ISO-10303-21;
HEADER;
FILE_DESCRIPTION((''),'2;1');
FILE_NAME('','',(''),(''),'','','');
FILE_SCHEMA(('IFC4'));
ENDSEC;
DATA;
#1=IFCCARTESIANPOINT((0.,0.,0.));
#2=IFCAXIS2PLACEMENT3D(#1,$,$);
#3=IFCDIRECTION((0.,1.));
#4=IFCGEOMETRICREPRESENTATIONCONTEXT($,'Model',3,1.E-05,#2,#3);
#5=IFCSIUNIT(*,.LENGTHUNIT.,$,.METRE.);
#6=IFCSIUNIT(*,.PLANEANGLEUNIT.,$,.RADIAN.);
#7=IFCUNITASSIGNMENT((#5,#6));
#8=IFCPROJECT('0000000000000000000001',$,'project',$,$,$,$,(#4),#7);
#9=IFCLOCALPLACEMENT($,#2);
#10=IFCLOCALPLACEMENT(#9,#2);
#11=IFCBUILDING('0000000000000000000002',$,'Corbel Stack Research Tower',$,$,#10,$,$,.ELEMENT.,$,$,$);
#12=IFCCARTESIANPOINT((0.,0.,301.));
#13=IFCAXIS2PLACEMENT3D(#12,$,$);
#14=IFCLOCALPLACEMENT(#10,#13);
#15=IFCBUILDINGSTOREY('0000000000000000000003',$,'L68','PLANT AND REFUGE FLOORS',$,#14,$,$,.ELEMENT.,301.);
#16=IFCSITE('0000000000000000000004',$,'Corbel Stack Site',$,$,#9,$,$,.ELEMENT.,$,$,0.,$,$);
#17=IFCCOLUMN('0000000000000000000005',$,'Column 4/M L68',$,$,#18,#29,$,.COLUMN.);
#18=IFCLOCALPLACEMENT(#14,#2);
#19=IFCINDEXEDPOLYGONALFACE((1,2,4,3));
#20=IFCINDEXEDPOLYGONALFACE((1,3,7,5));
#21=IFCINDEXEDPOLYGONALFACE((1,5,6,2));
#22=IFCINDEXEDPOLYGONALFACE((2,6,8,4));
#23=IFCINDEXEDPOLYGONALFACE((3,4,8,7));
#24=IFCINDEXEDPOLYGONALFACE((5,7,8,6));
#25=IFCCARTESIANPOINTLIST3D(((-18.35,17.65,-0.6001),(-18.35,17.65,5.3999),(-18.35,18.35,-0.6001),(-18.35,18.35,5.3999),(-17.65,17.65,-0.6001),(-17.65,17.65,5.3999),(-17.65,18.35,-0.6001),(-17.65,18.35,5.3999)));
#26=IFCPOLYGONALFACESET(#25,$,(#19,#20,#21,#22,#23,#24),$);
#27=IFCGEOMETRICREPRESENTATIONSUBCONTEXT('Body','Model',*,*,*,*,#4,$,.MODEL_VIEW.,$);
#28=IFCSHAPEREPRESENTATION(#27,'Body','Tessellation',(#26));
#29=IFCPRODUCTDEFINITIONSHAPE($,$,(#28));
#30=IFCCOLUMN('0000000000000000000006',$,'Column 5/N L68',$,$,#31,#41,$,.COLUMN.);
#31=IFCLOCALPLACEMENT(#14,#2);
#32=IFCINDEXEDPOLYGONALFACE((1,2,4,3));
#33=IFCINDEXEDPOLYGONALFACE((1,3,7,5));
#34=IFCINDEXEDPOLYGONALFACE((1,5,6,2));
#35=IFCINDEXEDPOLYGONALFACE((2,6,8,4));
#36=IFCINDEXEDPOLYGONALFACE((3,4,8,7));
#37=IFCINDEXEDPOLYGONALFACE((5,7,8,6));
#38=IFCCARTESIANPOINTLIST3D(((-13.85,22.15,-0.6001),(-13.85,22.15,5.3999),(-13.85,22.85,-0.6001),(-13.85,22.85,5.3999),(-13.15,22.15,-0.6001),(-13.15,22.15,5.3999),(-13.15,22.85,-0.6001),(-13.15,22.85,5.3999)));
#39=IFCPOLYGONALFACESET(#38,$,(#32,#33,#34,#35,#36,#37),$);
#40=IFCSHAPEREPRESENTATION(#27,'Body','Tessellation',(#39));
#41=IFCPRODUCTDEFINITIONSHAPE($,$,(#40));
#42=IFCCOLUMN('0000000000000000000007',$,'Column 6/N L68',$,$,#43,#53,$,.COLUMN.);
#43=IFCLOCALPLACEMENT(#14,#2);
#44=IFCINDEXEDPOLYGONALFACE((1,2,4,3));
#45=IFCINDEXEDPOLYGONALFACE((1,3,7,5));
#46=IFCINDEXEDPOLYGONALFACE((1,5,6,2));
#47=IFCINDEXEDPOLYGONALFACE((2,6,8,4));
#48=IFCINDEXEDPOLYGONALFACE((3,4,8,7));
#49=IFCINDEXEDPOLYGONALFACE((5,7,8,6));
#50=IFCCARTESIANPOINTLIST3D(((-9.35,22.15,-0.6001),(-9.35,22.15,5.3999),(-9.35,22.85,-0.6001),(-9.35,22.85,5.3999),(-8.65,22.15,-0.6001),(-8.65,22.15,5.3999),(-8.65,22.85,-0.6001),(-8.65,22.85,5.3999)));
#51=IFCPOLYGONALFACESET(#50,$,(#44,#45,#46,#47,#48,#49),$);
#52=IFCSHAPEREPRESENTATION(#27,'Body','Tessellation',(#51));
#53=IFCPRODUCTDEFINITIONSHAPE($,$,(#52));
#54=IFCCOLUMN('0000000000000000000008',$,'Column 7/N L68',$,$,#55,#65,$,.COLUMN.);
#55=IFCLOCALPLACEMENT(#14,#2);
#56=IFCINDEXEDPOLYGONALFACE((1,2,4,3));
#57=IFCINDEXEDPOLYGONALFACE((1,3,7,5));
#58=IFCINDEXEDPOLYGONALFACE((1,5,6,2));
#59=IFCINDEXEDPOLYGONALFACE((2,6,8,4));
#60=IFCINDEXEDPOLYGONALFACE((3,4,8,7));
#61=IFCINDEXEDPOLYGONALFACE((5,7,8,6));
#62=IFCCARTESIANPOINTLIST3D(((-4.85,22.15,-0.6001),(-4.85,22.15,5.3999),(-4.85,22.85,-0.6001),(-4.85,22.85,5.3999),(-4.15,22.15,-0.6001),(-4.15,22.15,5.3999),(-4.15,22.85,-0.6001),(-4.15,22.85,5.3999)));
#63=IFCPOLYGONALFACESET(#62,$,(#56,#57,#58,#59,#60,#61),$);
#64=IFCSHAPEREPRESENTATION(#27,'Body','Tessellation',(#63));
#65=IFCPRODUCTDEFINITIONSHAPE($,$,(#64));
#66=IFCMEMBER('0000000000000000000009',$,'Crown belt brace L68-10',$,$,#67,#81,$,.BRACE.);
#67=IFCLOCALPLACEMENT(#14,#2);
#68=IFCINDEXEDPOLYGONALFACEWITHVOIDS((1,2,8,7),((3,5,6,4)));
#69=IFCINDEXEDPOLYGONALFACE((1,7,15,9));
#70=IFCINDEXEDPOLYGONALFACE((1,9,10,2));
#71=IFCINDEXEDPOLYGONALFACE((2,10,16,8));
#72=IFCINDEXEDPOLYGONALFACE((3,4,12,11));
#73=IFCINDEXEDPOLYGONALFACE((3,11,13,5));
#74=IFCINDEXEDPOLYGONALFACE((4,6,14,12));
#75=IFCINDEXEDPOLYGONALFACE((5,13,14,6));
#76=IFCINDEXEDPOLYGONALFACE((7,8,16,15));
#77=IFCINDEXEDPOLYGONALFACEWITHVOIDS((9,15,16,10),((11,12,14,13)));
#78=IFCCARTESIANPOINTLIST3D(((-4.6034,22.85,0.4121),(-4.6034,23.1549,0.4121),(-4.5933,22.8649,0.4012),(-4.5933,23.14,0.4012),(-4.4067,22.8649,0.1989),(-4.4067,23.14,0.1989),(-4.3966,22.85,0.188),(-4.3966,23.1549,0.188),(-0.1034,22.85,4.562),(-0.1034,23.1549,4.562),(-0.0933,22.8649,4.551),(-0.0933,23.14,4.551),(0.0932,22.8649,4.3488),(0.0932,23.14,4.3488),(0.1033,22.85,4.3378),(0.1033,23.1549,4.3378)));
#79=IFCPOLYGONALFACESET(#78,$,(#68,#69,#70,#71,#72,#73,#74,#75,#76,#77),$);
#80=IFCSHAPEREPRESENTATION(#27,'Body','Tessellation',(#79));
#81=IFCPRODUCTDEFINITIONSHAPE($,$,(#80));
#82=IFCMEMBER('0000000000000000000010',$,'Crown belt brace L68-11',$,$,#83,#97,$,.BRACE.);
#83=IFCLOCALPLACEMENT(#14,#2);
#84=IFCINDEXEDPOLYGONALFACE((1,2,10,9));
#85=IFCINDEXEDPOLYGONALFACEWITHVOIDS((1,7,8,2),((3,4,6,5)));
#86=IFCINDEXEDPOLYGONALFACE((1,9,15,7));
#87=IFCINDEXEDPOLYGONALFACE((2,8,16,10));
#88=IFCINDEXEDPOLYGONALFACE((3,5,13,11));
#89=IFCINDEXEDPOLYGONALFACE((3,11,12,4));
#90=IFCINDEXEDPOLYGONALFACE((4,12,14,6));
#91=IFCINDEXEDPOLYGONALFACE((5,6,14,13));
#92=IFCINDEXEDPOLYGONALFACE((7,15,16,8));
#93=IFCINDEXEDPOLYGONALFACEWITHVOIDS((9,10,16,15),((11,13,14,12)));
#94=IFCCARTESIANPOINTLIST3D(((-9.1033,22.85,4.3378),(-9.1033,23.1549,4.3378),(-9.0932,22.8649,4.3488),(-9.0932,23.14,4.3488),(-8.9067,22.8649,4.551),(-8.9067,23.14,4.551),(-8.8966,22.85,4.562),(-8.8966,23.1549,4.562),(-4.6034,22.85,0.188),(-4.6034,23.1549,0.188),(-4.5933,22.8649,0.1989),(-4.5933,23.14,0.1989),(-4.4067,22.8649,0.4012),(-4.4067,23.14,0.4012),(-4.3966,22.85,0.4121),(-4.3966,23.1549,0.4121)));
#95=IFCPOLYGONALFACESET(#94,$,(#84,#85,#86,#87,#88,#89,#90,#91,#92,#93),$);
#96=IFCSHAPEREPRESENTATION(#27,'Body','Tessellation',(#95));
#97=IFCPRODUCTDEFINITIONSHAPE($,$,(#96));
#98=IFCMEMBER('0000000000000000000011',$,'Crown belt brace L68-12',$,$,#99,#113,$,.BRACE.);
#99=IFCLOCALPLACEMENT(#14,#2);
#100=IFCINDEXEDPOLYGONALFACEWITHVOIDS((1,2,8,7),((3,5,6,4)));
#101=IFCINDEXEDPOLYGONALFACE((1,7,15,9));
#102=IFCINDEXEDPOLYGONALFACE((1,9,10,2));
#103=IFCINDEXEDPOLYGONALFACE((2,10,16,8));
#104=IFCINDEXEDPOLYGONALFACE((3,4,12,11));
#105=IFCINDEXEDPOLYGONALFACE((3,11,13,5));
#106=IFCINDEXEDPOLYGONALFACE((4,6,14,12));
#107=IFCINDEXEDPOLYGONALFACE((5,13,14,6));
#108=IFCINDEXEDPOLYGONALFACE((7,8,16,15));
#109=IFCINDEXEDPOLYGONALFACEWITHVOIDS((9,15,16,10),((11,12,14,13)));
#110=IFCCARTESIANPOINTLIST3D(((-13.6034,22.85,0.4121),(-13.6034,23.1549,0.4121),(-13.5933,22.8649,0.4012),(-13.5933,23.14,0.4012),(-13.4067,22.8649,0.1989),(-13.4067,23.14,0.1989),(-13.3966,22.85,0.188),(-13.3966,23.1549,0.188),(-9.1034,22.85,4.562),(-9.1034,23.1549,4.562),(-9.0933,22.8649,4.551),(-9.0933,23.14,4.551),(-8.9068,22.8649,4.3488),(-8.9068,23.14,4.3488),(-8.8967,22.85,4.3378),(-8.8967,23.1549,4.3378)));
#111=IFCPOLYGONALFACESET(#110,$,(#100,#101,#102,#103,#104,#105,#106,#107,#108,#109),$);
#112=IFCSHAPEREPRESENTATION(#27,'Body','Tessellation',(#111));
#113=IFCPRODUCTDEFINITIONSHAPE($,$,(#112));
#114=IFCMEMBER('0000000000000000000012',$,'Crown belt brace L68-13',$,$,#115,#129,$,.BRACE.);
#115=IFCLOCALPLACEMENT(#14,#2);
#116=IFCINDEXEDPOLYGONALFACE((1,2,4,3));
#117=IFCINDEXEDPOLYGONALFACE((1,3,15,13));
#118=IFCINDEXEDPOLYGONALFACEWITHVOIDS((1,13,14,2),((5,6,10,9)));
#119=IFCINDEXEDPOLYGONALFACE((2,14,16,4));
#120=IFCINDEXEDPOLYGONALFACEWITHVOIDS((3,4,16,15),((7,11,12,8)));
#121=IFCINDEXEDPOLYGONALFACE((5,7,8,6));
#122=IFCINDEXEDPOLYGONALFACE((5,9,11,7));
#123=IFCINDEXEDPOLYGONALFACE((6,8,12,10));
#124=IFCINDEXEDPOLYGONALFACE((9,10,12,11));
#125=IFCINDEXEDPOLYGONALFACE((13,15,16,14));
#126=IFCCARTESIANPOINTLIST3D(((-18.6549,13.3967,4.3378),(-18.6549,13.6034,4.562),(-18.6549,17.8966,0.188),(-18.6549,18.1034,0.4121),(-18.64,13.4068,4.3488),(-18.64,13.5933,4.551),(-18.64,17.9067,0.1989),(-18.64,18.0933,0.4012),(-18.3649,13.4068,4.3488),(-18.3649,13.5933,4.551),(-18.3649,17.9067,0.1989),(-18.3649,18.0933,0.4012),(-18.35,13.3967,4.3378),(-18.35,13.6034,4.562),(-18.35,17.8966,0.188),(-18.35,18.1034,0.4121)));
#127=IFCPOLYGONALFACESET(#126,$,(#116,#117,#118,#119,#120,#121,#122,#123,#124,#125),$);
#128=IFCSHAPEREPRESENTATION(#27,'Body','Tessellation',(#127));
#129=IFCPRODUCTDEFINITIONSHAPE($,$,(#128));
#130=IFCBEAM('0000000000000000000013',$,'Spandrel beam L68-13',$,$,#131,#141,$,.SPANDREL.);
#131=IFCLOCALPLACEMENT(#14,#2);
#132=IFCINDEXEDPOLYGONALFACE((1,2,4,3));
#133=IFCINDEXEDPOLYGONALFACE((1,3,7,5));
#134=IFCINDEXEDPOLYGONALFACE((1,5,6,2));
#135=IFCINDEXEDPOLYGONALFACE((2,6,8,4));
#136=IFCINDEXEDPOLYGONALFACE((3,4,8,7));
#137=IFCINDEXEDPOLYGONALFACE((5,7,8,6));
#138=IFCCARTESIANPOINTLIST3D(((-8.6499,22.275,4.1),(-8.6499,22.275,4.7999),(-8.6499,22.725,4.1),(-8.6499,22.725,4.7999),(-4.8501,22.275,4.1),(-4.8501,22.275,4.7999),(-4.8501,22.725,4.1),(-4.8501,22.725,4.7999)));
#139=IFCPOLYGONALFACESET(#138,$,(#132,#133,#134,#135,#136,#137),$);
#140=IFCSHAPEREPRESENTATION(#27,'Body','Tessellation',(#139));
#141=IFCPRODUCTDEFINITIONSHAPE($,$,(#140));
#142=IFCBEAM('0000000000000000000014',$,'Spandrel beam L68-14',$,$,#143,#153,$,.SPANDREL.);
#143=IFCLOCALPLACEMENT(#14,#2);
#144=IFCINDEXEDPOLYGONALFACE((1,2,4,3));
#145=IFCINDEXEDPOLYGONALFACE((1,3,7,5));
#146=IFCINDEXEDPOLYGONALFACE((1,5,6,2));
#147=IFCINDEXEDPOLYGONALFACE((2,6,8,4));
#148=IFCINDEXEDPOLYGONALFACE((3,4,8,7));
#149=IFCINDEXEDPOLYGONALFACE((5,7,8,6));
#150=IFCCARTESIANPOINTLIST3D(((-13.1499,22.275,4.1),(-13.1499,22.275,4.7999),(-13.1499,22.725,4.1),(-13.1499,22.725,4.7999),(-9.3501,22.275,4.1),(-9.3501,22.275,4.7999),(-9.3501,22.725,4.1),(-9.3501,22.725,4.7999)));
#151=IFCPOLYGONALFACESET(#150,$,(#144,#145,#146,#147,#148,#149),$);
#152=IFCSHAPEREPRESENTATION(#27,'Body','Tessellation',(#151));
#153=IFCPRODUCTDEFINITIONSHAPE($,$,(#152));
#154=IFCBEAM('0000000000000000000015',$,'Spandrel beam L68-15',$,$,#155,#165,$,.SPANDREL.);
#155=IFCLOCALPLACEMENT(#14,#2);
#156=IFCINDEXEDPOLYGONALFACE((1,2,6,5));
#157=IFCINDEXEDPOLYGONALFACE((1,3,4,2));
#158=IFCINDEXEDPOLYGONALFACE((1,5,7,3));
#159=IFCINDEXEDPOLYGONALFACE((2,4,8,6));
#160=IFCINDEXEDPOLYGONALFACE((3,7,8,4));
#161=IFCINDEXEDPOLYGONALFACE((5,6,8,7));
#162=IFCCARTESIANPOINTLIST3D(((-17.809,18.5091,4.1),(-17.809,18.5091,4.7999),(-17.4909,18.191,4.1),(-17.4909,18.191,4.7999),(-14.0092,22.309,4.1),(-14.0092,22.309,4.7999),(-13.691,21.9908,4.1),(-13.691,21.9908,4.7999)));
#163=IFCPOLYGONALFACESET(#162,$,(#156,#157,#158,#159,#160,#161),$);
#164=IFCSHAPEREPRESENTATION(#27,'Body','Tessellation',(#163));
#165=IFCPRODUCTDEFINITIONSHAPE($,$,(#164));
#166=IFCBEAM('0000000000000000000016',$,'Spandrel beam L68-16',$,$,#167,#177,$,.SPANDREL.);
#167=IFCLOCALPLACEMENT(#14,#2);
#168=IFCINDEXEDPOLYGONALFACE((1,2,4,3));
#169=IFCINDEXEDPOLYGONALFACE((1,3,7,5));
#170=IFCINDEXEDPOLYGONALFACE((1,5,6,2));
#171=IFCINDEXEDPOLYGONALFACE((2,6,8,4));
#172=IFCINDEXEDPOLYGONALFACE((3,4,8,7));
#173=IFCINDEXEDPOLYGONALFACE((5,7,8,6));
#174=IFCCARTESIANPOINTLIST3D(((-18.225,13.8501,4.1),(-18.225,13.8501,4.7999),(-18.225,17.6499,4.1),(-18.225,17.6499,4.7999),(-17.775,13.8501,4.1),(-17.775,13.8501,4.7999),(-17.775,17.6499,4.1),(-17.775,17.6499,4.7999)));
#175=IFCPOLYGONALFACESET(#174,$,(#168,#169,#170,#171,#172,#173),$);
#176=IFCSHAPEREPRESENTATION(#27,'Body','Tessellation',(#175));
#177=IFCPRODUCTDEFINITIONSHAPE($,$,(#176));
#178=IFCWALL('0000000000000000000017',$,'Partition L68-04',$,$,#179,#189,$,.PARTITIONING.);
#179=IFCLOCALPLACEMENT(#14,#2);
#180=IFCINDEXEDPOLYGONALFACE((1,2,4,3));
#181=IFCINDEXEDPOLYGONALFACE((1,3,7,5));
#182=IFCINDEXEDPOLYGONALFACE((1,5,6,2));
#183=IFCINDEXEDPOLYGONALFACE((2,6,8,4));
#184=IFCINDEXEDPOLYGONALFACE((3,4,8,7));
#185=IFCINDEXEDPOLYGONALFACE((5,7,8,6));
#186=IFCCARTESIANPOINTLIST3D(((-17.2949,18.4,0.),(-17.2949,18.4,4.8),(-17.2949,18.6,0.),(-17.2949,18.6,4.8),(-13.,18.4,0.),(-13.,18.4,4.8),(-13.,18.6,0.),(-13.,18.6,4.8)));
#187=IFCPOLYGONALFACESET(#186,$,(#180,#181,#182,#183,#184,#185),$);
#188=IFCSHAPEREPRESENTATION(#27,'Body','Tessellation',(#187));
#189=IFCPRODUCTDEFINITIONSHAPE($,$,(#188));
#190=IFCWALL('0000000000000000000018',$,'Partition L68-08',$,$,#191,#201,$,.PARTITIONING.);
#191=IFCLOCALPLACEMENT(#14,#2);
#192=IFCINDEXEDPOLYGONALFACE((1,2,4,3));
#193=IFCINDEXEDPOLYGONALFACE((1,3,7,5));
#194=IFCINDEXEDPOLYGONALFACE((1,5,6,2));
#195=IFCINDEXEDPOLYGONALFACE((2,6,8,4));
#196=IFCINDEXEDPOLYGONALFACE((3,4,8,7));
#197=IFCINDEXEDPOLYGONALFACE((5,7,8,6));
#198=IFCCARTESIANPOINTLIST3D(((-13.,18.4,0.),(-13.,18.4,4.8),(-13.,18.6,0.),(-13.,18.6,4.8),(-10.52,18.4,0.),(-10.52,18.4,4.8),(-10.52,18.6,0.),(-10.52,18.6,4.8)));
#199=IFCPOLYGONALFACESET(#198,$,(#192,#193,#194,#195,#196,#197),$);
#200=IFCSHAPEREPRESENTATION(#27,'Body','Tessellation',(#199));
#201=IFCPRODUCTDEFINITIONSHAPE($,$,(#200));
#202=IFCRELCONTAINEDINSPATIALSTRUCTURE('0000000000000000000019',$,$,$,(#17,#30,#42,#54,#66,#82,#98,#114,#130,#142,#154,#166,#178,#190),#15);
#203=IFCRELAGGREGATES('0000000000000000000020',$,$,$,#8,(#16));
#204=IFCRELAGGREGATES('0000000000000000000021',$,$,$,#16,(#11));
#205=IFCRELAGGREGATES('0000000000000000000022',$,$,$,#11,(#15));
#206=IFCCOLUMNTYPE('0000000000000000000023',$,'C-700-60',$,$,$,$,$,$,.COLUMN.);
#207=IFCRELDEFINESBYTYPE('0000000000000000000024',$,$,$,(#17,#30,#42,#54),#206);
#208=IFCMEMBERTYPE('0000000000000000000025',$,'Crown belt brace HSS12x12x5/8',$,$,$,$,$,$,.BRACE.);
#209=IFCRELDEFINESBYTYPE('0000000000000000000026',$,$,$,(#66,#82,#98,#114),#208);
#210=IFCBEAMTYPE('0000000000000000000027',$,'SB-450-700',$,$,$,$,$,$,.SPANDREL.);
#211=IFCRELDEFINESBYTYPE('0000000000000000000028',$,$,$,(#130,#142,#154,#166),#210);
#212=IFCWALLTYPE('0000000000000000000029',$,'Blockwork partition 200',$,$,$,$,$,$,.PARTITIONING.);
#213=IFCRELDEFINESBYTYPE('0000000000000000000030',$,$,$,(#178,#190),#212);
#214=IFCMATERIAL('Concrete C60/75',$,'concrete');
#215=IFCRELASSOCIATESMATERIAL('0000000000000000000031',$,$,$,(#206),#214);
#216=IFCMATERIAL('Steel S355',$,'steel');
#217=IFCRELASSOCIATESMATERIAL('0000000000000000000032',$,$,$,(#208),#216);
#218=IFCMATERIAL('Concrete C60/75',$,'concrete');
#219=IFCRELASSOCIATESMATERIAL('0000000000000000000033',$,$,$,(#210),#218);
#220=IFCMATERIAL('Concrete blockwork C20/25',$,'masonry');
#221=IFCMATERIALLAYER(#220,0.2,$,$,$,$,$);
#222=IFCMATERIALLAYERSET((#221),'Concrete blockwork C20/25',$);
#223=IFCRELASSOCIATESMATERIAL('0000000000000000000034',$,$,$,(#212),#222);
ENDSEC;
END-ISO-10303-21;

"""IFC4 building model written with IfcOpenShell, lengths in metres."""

from ifc_helpers import new_model, si_unit, direction, frame, frame_2d, origin, origin_2d, place, context, subcontext, project, spatial, rectangle, hollow_rectangle, extrude, material, layer, layer_set, material_profile, profile_set, type_object, element, save


model = new_model("IFC4")

# Units and contexts
model_context = context("Model", 3, precision=1e-05, world=origin(), true_north=direction((0.0, 1.0)))
body_context = subcontext(model_context, "Body", "Model", "MODEL_VIEW")
ifc_project = project(units=[si_unit("LENGTHUNIT", "METRE"), si_unit("PLANEANGLEUNIT", "RADIAN")], contexts=[model_context])

# Site, building, storey
site_placement = place(None, origin())
site = spatial("IfcSite", under=ifc_project, at=site_placement, Name="Corbel Stack Site", CompositionType="ELEMENT", RefElevation=0.0)
building_placement = place(site_placement, origin())
building = spatial("IfcBuilding", under=site, at=building_placement, Name="Corbel Stack Research Tower", CompositionType="ELEMENT")
storey_placement = place(building_placement, frame((0.0, 0.0, 301.0)))
storey = spatial("IfcBuildingStorey", under=building, at=storey_placement, Name="L68", Description="PLANT AND REFUGE FLOORS", CompositionType="ELEMENT", Elevation=301.0)

# Columns
ifc_material_1 = material(Name="Concrete C60/75", Category="concrete")
ifc_material_profile_1 = material_profile(ifc_material_1, rectangle(XDim=0.7, YDim=0.7, at=origin_2d()), Name="RC 700 x 700")
ifc_profile_set_1 = profile_set([ifc_material_profile_1], Name="Concrete C60/75")
column_type = type_object("IfcColumnType", Name="C-700-60", PredefinedType="COLUMN", material=ifc_profile_set_1)
for number, where, z_axis, x_axis, name in (
    (1, (-18.0, 18.0, -0.6001), (0.0, 0.0, 1.0), (1.0, 0.0, 0.0), "Column 4/M L68"),
    (2, (-13.5, 22.5, -0.6001), (0.0, 0.0, 1.0), (1.0, 0.0, 0.0), "Column 5/N L68"),
    (3, (-9.0, 22.5, -0.6001), (0.0, 0.0, 1.0), (1.0, 0.0, 0.0), "Column 6/N L68"),
    (4, (-4.5, 22.5, -0.6001), (0.0, 0.0, 1.0), (1.0, 0.0, 0.0), "Column 7/N L68"),
):
    element("IfcColumn", number, at=place(storey_placement, frame(where, z_axis=z_axis, x_axis=x_axis)), inside=storey, type_object=column_type, Name=name, PredefinedType="COLUMN", context=body_context, shape_type="SweptSolid", body=[
        extrude(rectangle(XDim=0.7, YDim=0.7, at=origin_2d()), origin(), (0.0, 0.0, 1.0), 6.0),
    ])

# Members
ifc_material_2 = material(Name="Steel S355", Category="steel")
ifc_material_profile_2 = material_profile(ifc_material_2, hollow_rectangle(XDim=0.3049, YDim=0.3049, WallThickness=0.0149, at=origin_2d()), Name="HSS12x12x5/8")
ifc_profile_set_2 = profile_set([ifc_material_profile_2], Name="Steel S355")
member_type = type_object("IfcMemberType", Name="Crown belt brace HSS12x12x5/8", PredefinedType="BRACE", material=ifc_profile_set_2)
for number, where, z_axis, x_axis, name in (
    (5, (-4.5, 23.0024, 0.3), (0.735124, 0.0, 0.677932), (0.0, 1.0, 0.0), "Crown belt brace L68-10"),
    (6, (-4.5, 23.0024, 0.3), (-0.735124, 0.0, 0.677932), (0.0, -1.0, 0.0), "Crown belt brace L68-11"),
    (7, (-13.5, 23.0024, 0.3), (0.735124, 0.0, 0.677932), (0.0, 1.0, 0.0), "Crown belt brace L68-12"),
    (8, (-18.5024, 18.0, 0.3), (0.0, -0.735124, 0.677932), (1.0, 0.0, 0.0), "Crown belt brace L68-13"),
):
    element("IfcMember", number, at=place(storey_placement, frame(where, z_axis=z_axis, x_axis=x_axis)), inside=storey, type_object=member_type, Name=name, PredefinedType="BRACE", context=body_context, shape_type="SweptSolid", body=[
        extrude(hollow_rectangle(XDim=0.3049, YDim=0.3049, WallThickness=0.0149, at=origin_2d()), origin(), (0.0, 0.0, 1.0), 6.1213),
    ])

# Beams
ifc_material_3 = material(Name="Concrete C60/75", Category="concrete")
ifc_material_profile_3 = material_profile(ifc_material_3, rectangle(XDim=0.45, YDim=0.7, at=origin_2d()), Name="RC 450 x 700")
ifc_profile_set_3 = profile_set([ifc_material_profile_3], Name="Concrete C60/75")
beam_type = type_object("IfcBeamType", Name="SB-450-700", PredefinedType="SPANDREL", material=ifc_profile_set_3)
for number, where, z_axis, x_axis, name in (
    (9, (-4.8501, 22.5, 4.45), (-1.0, 0.0, 0.0), (0.0, -1.0, 0.0), "Spandrel beam L68-13"),
    (10, (-9.3501, 22.5, 4.45), (-1.0, 0.0, 0.0), (0.0, -1.0, 0.0), "Spandrel beam L68-14"),
):
    element("IfcBeam", number, at=place(storey_placement, frame(where, z_axis=z_axis, x_axis=x_axis)), inside=storey, type_object=beam_type, Name=name, PredefinedType="SPANDREL", context=body_context, shape_type="SweptSolid", body=[
        extrude(rectangle(XDim=0.45, YDim=0.7, at=origin_2d()), origin(), (0.0, 0.0, 1.0), 3.7998),
    ])
beam_1_placement = place(storey_placement, frame((-13.8501, 22.1499, 4.45), z_axis=(-0.707107, -0.707107, 0.0), x_axis=(0.707107, -0.707107, 0.0)))
element("IfcBeam", 11, at=beam_1_placement, inside=storey, type_object=beam_type, Name="Spandrel beam L68-15", PredefinedType="SPANDREL", context=body_context, shape_type="SweptSolid", body=[
    extrude(rectangle(XDim=0.45, YDim=0.7, at=origin_2d()), origin(), (0.0, 0.0, 1.0), 5.3738),
])
beam_2_placement = place(storey_placement, frame((-18.0, 17.6499, 4.45), z_axis=(0.0, -1.0, 0.0), x_axis=(1.0, 0.0, 0.0)))
element("IfcBeam", 12, at=beam_2_placement, inside=storey, type_object=beam_type, Name="Spandrel beam L68-16", PredefinedType="SPANDREL", context=body_context, shape_type="SweptSolid", body=[
    extrude(rectangle(XDim=0.45, YDim=0.7, at=origin_2d()), origin(), (0.0, 0.0, 1.0), 3.7998),
])

# Walls
ifc_material_4 = material(Name="Concrete blockwork C20/25", Category="masonry")
ifc_layer_1 = layer(ifc_material_4, 0.2)
ifc_layer_set_1 = layer_set([ifc_layer_1], Name="Concrete blockwork C20/25")
wall_type_1 = type_object("IfcWallType", Name="Blockwork partition 200", PredefinedType="PARTITIONING", material=ifc_layer_set_1)
wall_1_placement = place(storey_placement, frame((-17.2949, 18.5, 0.0), z_axis=(0.0, 0.0, 1.0), x_axis=(1.0, 0.0, 0.0)))
element("IfcWall", 13, at=wall_1_placement, inside=storey, type_object=wall_type_1, Name="Partition L68-04", PredefinedType="PARTITIONING", context=body_context, shape_type="SweptSolid", body=[
    extrude(rectangle(XDim=4.2949, YDim=0.2, at=frame_2d((2.1475, 0.0))), origin(), (0.0, 0.0, 1.0), 4.8),
])
wall_2_placement = place(storey_placement, frame((-13.0, 18.5, 0.0), z_axis=(0.0, 0.0, 1.0), x_axis=(1.0, 0.0, 0.0)))
element("IfcWall", 14, at=wall_2_placement, inside=storey, type_object=wall_type_1, Name="Partition L68-08", PredefinedType="PARTITIONING", context=body_context, shape_type="SweptSolid", body=[
    extrude(rectangle(XDim=2.48, YDim=0.2, at=frame_2d((1.24, 0.0))), origin(), (0.0, 0.0, 1.0), 4.8),
])

save(model, "model.ifc")
